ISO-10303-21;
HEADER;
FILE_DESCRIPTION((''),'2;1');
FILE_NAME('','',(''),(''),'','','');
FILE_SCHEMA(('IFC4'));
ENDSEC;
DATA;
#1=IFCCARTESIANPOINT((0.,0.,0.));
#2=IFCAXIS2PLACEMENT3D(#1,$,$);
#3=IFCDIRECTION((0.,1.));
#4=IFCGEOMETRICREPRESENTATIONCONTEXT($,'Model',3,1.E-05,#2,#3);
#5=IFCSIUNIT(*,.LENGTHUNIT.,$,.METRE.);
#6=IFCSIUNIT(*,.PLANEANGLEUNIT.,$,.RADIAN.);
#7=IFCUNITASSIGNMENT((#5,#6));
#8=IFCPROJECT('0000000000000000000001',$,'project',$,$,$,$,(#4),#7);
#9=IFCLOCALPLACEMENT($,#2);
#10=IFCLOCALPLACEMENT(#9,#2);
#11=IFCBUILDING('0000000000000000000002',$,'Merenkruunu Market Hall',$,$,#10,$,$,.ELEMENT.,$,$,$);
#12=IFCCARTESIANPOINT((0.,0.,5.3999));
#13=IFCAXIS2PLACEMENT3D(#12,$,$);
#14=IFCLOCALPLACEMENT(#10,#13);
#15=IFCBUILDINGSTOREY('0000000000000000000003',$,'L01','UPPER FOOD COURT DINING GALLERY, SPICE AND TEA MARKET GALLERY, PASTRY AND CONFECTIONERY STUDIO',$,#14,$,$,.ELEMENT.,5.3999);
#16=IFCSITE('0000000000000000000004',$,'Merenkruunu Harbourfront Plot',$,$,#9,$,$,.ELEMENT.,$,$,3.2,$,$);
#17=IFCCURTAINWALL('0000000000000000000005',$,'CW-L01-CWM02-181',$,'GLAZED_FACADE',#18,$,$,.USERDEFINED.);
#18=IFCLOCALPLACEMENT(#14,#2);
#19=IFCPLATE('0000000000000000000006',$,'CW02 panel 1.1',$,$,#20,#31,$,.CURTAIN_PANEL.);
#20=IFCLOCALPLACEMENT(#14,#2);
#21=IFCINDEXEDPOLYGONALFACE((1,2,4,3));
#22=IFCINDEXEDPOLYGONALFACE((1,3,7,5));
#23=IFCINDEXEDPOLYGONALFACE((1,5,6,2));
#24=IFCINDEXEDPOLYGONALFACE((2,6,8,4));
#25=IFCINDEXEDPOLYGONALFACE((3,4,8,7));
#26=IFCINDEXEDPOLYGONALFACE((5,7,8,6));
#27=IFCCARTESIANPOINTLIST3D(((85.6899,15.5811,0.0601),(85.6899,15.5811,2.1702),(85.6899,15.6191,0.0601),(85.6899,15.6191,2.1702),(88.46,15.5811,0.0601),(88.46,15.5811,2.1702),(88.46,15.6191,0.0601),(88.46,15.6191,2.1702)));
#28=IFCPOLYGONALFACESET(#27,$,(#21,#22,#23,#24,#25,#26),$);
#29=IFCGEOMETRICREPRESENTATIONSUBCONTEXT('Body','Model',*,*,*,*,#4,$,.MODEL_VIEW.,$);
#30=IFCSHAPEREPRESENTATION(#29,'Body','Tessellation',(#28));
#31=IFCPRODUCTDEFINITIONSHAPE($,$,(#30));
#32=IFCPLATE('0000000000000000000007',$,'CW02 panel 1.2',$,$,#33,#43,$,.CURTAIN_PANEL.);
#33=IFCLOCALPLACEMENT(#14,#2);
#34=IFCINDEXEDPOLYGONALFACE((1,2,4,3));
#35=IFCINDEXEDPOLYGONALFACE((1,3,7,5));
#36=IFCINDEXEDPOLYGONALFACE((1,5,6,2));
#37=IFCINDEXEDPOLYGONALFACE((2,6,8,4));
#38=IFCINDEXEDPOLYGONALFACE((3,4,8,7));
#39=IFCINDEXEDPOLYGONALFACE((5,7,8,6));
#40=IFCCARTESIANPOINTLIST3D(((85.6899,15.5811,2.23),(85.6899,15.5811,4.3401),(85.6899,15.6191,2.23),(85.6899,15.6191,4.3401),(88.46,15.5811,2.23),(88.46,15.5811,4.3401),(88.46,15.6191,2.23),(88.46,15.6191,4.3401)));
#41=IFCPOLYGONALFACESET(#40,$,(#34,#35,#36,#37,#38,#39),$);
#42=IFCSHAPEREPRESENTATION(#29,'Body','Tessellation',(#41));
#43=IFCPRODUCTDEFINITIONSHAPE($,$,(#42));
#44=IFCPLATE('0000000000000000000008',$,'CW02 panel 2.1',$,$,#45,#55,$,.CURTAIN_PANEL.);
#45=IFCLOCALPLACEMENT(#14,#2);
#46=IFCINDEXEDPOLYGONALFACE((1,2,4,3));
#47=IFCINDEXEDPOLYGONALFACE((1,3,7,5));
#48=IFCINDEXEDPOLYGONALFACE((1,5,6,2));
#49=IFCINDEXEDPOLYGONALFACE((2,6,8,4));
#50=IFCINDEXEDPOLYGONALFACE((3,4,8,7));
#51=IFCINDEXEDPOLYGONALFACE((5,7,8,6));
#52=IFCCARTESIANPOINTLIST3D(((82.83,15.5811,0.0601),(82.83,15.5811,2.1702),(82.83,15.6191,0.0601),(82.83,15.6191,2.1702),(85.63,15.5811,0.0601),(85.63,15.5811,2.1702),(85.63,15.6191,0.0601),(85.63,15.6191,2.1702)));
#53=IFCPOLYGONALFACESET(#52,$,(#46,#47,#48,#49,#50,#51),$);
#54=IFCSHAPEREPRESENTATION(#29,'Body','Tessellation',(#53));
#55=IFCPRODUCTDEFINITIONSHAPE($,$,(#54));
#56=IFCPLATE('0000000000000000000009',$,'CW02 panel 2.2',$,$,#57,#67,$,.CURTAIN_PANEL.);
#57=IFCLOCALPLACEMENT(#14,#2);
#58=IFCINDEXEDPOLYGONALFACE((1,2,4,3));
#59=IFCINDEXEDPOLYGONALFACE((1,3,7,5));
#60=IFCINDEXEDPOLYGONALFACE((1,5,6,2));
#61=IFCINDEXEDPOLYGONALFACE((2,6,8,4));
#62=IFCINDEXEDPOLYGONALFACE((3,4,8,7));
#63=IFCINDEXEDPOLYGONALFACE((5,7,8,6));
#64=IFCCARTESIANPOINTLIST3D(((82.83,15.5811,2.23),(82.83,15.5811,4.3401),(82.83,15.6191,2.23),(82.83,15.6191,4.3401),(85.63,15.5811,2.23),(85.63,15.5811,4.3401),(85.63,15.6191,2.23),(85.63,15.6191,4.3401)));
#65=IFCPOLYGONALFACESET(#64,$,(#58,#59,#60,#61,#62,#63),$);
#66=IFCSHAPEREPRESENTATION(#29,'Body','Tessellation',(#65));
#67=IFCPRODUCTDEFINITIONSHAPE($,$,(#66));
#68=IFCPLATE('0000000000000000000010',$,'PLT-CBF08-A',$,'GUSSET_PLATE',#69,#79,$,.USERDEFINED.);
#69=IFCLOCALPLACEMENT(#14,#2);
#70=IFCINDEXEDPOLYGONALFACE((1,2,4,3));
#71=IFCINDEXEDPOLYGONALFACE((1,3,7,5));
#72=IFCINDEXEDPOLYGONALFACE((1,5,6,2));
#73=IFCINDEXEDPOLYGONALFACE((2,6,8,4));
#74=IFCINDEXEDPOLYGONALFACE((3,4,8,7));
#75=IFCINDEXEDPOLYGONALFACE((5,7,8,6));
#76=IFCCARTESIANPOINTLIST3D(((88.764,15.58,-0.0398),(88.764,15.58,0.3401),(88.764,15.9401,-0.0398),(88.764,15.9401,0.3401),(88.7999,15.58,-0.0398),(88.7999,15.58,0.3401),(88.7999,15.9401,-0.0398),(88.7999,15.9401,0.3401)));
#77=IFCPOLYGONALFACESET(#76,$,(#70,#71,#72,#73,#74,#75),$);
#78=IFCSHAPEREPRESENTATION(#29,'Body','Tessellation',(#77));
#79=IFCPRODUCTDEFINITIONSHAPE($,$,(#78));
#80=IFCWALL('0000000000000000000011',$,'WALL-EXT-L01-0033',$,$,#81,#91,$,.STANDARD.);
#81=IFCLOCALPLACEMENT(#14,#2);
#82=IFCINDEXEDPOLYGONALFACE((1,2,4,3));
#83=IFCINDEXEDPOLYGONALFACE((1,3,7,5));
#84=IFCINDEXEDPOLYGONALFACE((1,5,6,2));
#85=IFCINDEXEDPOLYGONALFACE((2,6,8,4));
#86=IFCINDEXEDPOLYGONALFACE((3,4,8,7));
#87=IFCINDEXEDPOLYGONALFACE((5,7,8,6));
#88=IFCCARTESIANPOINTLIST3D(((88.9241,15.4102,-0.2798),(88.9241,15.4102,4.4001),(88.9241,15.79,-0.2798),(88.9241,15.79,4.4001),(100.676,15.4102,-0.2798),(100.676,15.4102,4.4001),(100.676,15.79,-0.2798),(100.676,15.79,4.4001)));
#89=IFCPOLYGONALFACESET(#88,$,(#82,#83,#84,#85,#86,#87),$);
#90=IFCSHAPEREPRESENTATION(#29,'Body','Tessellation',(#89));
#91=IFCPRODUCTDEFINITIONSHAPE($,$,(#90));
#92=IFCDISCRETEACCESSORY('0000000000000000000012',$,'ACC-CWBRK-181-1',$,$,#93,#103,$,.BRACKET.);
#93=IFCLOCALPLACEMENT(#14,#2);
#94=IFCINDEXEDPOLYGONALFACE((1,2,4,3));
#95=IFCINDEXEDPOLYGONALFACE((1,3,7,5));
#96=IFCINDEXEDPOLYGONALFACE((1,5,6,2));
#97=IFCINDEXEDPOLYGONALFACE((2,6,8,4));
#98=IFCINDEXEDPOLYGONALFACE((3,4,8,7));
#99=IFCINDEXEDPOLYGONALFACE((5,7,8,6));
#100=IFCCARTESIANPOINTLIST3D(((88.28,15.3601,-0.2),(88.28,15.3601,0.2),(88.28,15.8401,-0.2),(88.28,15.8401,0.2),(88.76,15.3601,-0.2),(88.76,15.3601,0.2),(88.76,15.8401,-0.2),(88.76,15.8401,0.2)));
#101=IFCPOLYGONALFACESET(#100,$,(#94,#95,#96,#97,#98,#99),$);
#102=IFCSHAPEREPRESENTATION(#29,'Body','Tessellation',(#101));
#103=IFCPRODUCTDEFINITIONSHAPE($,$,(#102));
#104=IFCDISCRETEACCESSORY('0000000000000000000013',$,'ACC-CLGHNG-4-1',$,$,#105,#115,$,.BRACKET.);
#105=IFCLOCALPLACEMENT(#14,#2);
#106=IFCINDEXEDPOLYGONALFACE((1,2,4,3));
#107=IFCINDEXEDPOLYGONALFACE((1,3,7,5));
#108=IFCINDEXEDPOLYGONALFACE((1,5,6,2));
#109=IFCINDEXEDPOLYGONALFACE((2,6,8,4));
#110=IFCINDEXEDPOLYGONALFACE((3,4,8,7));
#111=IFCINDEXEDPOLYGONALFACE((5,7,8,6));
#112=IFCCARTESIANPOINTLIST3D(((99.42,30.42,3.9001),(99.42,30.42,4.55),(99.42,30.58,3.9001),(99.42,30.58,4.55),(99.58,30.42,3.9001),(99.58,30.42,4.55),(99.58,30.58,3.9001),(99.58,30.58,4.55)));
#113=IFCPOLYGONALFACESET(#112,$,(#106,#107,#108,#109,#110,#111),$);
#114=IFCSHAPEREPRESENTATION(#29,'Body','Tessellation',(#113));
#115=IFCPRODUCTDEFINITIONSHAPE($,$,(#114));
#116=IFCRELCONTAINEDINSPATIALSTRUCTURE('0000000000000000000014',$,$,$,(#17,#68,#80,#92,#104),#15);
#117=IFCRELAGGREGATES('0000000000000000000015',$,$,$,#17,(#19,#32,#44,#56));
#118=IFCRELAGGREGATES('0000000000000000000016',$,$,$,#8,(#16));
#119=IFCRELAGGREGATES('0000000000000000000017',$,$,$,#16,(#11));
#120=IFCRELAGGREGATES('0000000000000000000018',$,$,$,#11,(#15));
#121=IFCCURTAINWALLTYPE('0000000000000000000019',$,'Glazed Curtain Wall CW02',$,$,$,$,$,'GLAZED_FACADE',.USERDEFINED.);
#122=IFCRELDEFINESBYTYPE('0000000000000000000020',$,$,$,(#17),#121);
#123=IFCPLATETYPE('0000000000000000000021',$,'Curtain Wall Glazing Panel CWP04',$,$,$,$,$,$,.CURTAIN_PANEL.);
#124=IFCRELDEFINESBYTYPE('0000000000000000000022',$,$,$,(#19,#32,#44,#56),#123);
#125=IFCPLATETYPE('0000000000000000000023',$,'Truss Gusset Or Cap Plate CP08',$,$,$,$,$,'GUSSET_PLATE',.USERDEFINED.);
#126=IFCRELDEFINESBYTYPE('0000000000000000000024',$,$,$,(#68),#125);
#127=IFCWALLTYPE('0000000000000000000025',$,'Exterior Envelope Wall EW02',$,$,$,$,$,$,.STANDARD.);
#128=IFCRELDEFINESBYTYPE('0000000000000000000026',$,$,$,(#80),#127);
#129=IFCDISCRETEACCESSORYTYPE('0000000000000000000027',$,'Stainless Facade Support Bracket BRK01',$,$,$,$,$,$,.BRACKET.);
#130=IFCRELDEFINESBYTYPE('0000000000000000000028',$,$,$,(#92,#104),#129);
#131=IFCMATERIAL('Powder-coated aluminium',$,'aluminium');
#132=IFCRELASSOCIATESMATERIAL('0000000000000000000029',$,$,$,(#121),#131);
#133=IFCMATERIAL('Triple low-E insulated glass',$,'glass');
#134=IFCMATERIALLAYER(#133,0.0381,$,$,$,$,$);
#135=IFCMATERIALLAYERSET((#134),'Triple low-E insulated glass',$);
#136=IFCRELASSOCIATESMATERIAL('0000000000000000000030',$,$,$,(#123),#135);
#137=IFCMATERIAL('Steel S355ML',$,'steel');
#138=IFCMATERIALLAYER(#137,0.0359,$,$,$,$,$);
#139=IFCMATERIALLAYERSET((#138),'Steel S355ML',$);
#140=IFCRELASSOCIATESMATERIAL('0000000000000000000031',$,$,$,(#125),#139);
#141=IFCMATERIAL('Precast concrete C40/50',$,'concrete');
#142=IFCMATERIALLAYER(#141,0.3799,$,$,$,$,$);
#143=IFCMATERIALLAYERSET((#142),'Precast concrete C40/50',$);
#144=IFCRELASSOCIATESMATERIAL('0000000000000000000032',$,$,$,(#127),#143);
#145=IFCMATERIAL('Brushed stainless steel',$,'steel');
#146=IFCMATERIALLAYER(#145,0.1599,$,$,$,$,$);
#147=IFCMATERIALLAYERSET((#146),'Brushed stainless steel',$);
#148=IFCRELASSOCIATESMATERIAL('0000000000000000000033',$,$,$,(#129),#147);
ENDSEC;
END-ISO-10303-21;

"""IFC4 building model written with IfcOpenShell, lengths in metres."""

from ifc_helpers import new_model, si_unit, direction, frame, frame_2d, origin, origin_2d, place, context, subcontext, project, spatial, rectangle, extrude, material, layer, layer_set, type_object, element, aggregate, save


model = new_model("IFC4")

# Units and contexts
model_context = context("Model", 3, precision=1e-05, world=origin(), true_north=direction((0.0, 1.0)))
body_context = subcontext(model_context, "Body", "Model", "MODEL_VIEW")
ifc_project = project(units=[si_unit("LENGTHUNIT", "METRE"), si_unit("PLANEANGLEUNIT", "RADIAN")], contexts=[model_context])

# Site, building, storey
site_placement = place(None, origin())
site = spatial("IfcSite", under=ifc_project, at=site_placement, Name="Merenkruunu Harbourfront Plot", CompositionType="ELEMENT", RefElevation=3.2)
building_placement = place(site_placement, origin())
building = spatial("IfcBuilding", under=site, at=building_placement, Name="Merenkruunu Market Hall", CompositionType="ELEMENT")
storey_placement = place(building_placement, frame((0.0, 0.0, 5.3999)))
storey = spatial("IfcBuildingStorey", under=building, at=storey_placement, Name="L01", Description="UPPER FOOD COURT DINING GALLERY, SPICE AND TEA MARKET GALLERY, PASTRY AND CONFECTIONERY STUDIO", CompositionType="ELEMENT", Elevation=5.3999)

# Curtain wall
ifc_material_1 = material(Name="Powder-coated aluminium", Category="aluminium")
curtain_wall_type = type_object("IfcCurtainWallType", Name="Glazed Curtain Wall CW02", ElementType="GLAZED_FACADE", PredefinedType="USERDEFINED", material=ifc_material_1)
curtain_wall_placement = place(storey_placement, origin())
curtain_wall = element("IfcCurtainWall", 1, at=curtain_wall_placement, inside=storey, type_object=curtain_wall_type, Name="CW-L01-CWM02-181", ObjectType="GLAZED_FACADE", PredefinedType="USERDEFINED")

# Shared definitions
ifc_material_2 = material(Name="Steel S355ML", Category="steel")

# Plates
ifc_material_3 = material(Name="Triple low-E insulated glass", Category="glass")
ifc_layer_1 = layer(ifc_material_3, 0.0381)
ifc_layer_set_1 = layer_set([ifc_layer_1], Name="Triple low-E insulated glass")
plate_type_1 = type_object("IfcPlateType", Name="Curtain Wall Glazing Panel CWP04", PredefinedType="CURTAIN_PANEL", material=ifc_layer_set_1)
plate_1_placement = place(storey_placement, frame((87.075, 15.6001, 0.0601), z_axis=(0.0, 0.0, 1.0), x_axis=(-1.0, 0.0, 0.0)))
plate_1 = element("IfcPlate", 2, at=plate_1_placement, type_object=plate_type_1, Name="CW02 panel 1.1", PredefinedType="CURTAIN_PANEL", context=body_context, shape_type="SweptSolid", body=[
    extrude(rectangle(XDim=2.77, YDim=0.0381, at=origin_2d()), origin(), (0.0, 0.0, 1.0), 2.1101),
])
plate_2_placement = place(storey_placement, frame((87.075, 15.6001, 2.23), z_axis=(0.0, 0.0, 1.0), x_axis=(-1.0, 0.0, 0.0)))
plate_2 = element("IfcPlate", 3, at=plate_2_placement, type_object=plate_type_1, Name="CW02 panel 1.2", PredefinedType="CURTAIN_PANEL", context=body_context, shape_type="SweptSolid", body=[
    extrude(rectangle(XDim=2.77, YDim=0.0381, at=origin_2d()), origin(), (0.0, 0.0, 1.0), 2.1101),
])
plate_3_placement = place(storey_placement, frame((84.23, 15.6001, 0.0601), z_axis=(0.0, 0.0, 1.0), x_axis=(-1.0, 0.0, 0.0)))
plate_3 = element("IfcPlate", 4, at=plate_3_placement, type_object=plate_type_1, Name="CW02 panel 2.1", PredefinedType="CURTAIN_PANEL", context=body_context, shape_type="SweptSolid", body=[
    extrude(rectangle(XDim=2.8, YDim=0.0381, at=origin_2d()), origin(), (0.0, 0.0, 1.0), 2.1101),
])
plate_4_placement = place(storey_placement, frame((84.23, 15.6001, 2.23), z_axis=(0.0, 0.0, 1.0), x_axis=(-1.0, 0.0, 0.0)))
plate_4 = element("IfcPlate", 5, at=plate_4_placement, type_object=plate_type_1, Name="CW02 panel 2.2", PredefinedType="CURTAIN_PANEL", context=body_context, shape_type="SweptSolid", body=[
    extrude(rectangle(XDim=2.8, YDim=0.0381, at=origin_2d()), origin(), (0.0, 0.0, 1.0), 2.1101),
])
aggregate(curtain_wall, [plate_1, plate_2, plate_3, plate_4])
ifc_layer_2 = layer(ifc_material_2, 0.0359)
ifc_layer_set_2 = layer_set([ifc_layer_2], Name="Steel S355ML")
plate_type_2 = type_object("IfcPlateType", Name="Truss Gusset Or Cap Plate CP08", ElementType="GUSSET_PLATE", PredefinedType="USERDEFINED", material=ifc_layer_set_2)
plate_5_placement = place(storey_placement, frame((88.782, 15.76, -0.0398), z_axis=(0.0, 0.0, 1.0), x_axis=(1.0, 0.0, 0.0)))
element("IfcPlate", 6, at=plate_5_placement, inside=storey, type_object=plate_type_2, Name="PLT-CBF08-A", ObjectType="GUSSET_PLATE", PredefinedType="USERDEFINED", context=body_context, shape_type="SweptSolid", body=[
    extrude(rectangle(XDim=0.0359, YDim=0.3601, at=origin_2d()), origin(), (0.0, 0.0, 1.0), 0.3799),
])

# Wall
ifc_material_4 = material(Name="Precast concrete C40/50", Category="concrete")
ifc_layer_3 = layer(ifc_material_4, 0.3799)
ifc_layer_set_3 = layer_set([ifc_layer_3], Name="Precast concrete C40/50")
wall_type = type_object("IfcWallType", Name="Exterior Envelope Wall EW02", PredefinedType="STANDARD", material=ifc_layer_set_3)
wall_placement = place(storey_placement, frame((100.676, 15.6001, -0.2798), z_axis=(0.0, 0.0, 1.0), x_axis=(-1.0, 0.0, 0.0)))
element("IfcWall", 7, at=wall_placement, inside=storey, type_object=wall_type, Name="WALL-EXT-L01-0033", PredefinedType="STANDARD", context=body_context, shape_type="SweptSolid", body=[
    extrude(rectangle(XDim=11.752, YDim=0.3799, at=frame_2d((5.876, 0.0))), origin(), (0.0, 0.0, 1.0), 4.6799),
])

# Shared definitions
ifc_material_5 = material(Name="Brushed stainless steel", Category="steel")

# Discrete accessories
ifc_layer_4 = layer(ifc_material_5, 0.1599)
ifc_layer_set_4 = layer_set([ifc_layer_4], Name="Brushed stainless steel")
discrete_accessory_type = type_object("IfcDiscreteAccessoryType", Name="Stainless Facade Support Bracket BRK01", PredefinedType="BRACKET", material=ifc_layer_set_4)
discrete_accessory_1_placement = place(storey_placement, frame((88.52, 15.6001, -0.2), z_axis=(0.0, 0.0, 1.0), x_axis=(1.0, 0.0, 0.0)))
element("IfcDiscreteAccessory", 8, at=discrete_accessory_1_placement, inside=storey, type_object=discrete_accessory_type, Name="ACC-CWBRK-181-1", PredefinedType="BRACKET", context=body_context, shape_type="SweptSolid", body=[
    extrude(rectangle(XDim=0.48, YDim=0.48, at=origin_2d()), origin(), (0.0, 0.0, 1.0), 0.3999),
])
discrete_accessory_2_placement = place(storey_placement, frame((99.5, 30.5, 3.9001), z_axis=(0.0, 0.0, 1.0), x_axis=(1.0, 0.0, 0.0)))
element("IfcDiscreteAccessory", 9, at=discrete_accessory_2_placement, inside=storey, type_object=discrete_accessory_type, Name="ACC-CLGHNG-4-1", PredefinedType="BRACKET", context=body_context, shape_type="SweptSolid", body=[
    extrude(rectangle(XDim=0.1599, YDim=0.1599, at=origin_2d()), origin(), (0.0, 0.0, 1.0), 0.6499),
])

save(model, "model.ifc")
